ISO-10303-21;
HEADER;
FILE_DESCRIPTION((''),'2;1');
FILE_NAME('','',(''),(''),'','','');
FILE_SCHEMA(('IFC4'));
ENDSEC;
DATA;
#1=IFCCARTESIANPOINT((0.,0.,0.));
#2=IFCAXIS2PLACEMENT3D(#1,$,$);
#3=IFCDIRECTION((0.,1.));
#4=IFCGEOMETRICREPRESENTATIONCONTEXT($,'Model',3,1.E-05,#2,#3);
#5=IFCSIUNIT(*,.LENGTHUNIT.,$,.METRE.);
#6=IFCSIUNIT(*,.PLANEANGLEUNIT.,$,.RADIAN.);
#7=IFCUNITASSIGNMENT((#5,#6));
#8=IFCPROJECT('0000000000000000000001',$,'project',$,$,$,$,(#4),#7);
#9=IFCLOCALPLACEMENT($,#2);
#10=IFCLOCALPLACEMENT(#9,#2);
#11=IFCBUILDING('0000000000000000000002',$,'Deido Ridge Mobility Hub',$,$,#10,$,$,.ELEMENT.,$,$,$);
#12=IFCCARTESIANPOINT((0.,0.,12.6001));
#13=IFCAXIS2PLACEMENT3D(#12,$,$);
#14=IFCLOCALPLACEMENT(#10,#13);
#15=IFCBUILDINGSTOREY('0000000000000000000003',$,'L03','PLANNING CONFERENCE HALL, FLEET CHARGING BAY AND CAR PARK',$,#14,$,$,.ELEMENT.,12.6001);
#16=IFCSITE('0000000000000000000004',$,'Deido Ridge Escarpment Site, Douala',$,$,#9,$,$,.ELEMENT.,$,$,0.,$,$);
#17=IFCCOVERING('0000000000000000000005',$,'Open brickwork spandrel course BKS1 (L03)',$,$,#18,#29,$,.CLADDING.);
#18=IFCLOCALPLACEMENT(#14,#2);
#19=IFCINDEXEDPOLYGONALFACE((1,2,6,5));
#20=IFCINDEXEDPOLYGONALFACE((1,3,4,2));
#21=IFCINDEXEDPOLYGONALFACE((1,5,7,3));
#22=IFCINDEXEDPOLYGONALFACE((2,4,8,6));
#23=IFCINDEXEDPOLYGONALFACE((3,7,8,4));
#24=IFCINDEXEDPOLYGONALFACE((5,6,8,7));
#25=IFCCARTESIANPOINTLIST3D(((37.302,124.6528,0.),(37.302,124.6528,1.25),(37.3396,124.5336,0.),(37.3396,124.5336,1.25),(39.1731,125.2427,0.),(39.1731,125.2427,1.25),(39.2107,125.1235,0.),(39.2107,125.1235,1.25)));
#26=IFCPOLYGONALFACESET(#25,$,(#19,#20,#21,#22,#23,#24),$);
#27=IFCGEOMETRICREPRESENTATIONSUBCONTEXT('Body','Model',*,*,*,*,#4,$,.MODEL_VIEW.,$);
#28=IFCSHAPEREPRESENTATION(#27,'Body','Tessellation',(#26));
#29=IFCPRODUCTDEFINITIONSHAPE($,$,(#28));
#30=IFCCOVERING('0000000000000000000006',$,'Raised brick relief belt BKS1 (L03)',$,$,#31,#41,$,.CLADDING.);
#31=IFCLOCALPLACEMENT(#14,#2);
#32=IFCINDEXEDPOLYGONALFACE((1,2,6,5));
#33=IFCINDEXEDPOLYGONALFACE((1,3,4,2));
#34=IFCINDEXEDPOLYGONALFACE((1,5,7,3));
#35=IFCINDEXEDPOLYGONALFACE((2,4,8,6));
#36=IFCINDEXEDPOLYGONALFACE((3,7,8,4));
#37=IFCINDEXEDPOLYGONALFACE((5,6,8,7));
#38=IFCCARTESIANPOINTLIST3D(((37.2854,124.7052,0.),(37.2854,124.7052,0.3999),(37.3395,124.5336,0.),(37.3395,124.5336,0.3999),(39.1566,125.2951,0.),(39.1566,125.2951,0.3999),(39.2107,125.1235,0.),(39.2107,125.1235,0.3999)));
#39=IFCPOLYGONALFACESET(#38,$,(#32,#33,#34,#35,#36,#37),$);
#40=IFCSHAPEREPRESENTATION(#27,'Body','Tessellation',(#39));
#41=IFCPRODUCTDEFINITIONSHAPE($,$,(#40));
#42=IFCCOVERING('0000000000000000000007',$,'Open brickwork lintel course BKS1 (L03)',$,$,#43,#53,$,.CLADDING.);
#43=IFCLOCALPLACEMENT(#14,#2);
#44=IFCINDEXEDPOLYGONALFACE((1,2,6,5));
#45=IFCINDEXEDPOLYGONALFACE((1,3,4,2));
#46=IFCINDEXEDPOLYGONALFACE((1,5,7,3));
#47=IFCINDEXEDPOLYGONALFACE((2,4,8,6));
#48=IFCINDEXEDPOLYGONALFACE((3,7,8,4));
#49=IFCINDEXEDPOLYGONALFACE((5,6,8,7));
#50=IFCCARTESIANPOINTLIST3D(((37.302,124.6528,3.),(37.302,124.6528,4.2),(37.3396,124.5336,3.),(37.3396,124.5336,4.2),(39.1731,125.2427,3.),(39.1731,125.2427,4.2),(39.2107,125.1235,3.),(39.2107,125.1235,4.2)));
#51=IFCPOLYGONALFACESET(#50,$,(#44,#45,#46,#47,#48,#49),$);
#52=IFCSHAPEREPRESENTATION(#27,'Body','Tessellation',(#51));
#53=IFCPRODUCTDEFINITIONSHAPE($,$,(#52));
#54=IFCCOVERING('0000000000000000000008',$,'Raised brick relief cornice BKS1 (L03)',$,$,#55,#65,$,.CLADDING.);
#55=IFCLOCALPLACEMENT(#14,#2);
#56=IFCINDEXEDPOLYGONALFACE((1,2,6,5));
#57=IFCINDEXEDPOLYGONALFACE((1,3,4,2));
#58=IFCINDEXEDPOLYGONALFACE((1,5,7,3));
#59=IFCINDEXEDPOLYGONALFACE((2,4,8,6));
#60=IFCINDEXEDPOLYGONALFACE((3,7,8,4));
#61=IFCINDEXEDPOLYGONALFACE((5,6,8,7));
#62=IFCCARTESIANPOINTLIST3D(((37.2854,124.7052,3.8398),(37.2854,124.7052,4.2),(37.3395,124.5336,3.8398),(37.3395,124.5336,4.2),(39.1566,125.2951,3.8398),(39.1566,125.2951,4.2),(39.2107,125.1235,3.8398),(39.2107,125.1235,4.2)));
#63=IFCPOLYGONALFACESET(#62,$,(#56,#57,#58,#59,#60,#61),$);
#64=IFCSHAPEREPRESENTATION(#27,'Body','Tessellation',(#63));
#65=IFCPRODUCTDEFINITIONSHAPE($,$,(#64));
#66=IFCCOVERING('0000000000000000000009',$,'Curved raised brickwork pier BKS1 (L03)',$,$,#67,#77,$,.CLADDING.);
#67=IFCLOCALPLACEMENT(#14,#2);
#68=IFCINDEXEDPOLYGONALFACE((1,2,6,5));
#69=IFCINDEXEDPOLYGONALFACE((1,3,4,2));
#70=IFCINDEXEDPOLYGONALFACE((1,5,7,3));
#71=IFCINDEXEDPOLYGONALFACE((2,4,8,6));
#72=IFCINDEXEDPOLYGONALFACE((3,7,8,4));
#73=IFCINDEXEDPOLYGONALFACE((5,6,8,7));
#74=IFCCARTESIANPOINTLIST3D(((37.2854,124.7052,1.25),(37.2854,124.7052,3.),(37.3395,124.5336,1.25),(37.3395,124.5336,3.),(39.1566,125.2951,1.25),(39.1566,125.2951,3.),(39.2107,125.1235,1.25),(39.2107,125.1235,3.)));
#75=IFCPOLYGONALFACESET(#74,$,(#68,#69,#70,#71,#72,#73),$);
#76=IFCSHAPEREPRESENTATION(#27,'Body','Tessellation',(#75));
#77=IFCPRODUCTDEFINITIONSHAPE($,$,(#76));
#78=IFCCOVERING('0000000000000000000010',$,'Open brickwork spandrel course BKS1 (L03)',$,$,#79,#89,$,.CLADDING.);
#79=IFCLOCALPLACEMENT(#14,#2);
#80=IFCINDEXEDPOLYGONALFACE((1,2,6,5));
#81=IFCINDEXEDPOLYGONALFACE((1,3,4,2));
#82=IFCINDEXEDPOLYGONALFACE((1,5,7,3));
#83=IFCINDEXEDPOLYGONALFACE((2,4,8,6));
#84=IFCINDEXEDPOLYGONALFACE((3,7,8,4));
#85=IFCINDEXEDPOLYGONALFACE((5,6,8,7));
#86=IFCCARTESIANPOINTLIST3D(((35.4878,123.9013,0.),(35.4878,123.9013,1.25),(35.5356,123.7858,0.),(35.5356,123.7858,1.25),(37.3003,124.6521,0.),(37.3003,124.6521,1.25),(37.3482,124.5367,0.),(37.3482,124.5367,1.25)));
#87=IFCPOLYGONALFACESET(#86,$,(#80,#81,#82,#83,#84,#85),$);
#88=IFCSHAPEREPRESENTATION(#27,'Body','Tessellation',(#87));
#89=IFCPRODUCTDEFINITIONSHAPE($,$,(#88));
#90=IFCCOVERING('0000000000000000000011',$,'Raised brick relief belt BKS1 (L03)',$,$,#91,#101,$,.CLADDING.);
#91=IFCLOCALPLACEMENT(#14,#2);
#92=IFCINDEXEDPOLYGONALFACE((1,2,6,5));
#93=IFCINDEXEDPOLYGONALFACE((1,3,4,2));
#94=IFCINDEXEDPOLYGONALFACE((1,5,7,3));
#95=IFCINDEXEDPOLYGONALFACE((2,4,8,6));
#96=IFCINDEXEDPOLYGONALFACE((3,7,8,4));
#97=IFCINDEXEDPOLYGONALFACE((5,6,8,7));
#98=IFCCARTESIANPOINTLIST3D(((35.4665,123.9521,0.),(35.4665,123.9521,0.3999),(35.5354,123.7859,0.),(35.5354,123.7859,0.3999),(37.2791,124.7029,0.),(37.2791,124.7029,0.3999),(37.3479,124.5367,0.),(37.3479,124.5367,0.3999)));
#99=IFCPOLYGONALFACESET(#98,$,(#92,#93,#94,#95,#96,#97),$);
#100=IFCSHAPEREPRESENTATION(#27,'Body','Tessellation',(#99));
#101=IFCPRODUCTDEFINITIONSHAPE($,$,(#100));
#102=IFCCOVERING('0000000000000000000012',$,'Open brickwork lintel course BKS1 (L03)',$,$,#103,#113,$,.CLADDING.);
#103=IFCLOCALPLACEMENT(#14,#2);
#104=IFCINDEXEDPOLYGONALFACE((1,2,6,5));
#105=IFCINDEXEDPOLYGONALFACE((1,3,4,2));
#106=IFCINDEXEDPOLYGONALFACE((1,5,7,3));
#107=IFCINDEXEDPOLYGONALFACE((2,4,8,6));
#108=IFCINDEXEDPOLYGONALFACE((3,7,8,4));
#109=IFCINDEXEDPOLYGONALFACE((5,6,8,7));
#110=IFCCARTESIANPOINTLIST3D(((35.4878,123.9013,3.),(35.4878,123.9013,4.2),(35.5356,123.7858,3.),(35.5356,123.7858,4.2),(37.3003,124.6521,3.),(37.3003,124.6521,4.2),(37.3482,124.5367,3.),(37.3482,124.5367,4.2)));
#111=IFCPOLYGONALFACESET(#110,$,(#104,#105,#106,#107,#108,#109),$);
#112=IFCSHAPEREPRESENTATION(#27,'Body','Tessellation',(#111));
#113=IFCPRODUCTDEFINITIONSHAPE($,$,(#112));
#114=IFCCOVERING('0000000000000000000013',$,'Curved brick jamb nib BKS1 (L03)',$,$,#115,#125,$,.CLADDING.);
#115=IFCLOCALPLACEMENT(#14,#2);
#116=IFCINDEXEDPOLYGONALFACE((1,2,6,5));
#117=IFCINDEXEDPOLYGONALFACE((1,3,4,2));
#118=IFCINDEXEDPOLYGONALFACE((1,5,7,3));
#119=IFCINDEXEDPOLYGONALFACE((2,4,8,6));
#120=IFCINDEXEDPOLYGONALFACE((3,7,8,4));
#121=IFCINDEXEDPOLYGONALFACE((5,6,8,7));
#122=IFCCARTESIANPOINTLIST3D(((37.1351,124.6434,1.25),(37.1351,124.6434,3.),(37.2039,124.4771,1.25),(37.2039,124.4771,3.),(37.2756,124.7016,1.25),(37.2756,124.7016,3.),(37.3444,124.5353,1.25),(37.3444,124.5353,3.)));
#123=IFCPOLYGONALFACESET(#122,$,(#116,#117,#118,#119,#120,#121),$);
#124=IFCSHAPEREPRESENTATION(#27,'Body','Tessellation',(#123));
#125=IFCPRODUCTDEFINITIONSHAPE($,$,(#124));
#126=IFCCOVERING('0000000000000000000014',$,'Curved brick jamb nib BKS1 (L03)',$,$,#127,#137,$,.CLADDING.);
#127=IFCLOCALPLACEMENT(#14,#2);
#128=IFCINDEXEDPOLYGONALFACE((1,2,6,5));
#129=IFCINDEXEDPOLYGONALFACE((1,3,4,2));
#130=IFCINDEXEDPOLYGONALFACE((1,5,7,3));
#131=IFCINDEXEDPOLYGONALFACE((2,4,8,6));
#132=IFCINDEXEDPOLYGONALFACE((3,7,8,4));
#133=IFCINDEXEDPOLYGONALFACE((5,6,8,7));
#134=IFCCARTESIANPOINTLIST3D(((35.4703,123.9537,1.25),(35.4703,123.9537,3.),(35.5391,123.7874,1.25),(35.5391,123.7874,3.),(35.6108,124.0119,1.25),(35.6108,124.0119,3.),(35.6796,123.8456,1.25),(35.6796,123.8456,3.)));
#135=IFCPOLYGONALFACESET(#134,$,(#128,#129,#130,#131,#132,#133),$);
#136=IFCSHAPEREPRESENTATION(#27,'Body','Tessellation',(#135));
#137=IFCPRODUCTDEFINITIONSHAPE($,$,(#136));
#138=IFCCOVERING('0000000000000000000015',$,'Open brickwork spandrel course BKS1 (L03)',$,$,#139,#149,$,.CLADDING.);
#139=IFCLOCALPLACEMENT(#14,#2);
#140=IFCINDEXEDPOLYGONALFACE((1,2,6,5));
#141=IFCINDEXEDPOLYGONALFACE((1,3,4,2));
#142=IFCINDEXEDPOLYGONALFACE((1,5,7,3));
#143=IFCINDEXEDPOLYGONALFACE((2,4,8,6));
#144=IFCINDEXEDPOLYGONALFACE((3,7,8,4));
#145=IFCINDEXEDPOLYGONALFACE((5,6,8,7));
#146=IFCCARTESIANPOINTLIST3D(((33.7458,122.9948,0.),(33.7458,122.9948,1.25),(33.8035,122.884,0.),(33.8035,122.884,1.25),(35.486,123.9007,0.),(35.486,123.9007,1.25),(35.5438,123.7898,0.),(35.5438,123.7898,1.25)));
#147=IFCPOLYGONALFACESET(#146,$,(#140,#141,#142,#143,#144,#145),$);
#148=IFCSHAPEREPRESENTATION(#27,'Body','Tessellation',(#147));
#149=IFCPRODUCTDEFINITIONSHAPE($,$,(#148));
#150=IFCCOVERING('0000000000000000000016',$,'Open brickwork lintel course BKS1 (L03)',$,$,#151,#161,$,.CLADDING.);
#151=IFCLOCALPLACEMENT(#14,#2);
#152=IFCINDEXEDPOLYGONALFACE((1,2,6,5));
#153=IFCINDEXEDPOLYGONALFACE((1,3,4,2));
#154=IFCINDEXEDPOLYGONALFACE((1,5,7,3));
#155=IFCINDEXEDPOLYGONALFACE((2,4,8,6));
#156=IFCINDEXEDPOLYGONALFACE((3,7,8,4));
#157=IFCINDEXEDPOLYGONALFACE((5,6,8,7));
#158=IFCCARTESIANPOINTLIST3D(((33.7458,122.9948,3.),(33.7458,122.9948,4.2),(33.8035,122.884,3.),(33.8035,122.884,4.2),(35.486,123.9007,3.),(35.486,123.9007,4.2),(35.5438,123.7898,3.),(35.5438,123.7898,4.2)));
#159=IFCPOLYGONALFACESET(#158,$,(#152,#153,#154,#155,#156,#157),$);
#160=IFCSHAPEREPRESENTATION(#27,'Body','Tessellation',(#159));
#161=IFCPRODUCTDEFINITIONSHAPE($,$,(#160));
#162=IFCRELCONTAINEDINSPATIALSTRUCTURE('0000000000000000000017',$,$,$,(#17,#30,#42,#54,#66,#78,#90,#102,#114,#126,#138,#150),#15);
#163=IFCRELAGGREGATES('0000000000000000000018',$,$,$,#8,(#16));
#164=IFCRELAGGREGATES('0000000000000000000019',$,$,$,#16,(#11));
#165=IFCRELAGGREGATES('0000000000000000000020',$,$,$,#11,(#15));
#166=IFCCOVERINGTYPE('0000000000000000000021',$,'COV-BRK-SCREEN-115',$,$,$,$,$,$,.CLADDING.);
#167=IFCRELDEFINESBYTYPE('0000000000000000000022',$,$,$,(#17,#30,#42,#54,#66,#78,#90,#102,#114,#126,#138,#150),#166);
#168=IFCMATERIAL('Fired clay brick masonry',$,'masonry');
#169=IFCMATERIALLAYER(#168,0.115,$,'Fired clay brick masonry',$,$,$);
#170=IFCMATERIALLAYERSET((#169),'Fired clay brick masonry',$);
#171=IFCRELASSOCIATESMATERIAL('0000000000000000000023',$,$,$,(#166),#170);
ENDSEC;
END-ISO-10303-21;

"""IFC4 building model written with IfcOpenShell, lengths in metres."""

from ifc_helpers import new_model, si_unit, direction, frame, origin, origin_2d, place, context, subcontext, project, spatial, rectangle, extrude, material, layer, layer_set, type_object, element, save


model = new_model("IFC4")

# Units and contexts
model_context = context("Model", 3, precision=1e-05, world=origin(), true_north=direction((0.0, 1.0)))
body_context = subcontext(model_context, "Body", "Model", "MODEL_VIEW")
ifc_project = project(units=[si_unit("LENGTHUNIT", "METRE"), si_unit("PLANEANGLEUNIT", "RADIAN")], contexts=[model_context])

# Site, building, storey
site_placement = place(None, origin())
site = spatial("IfcSite", under=ifc_project, at=site_placement, Name="Deido Ridge Escarpment Site, Douala", CompositionType="ELEMENT", RefElevation=0.0)
building_placement = place(site_placement, origin())
building = spatial("IfcBuilding", under=site, at=building_placement, Name="Deido Ridge Mobility Hub", CompositionType="ELEMENT")
storey_placement = place(building_placement, frame((0.0, 0.0, 12.6001)))
storey = spatial("IfcBuildingStorey", under=building, at=storey_placement, Name="L03", Description="PLANNING CONFERENCE HALL, FLEET CHARGING BAY AND CAR PARK", CompositionType="ELEMENT", Elevation=12.6001)

# Coverings
ifc_material_1 = material(Name="Fired clay brick masonry", Category="masonry")
ifc_layer = layer(ifc_material_1, 0.115, Name="Fired clay brick masonry")
ifc_layer_set = layer_set([ifc_layer], Name="Fired clay brick masonry")
covering_type = type_object("IfcCoveringType", Name="COV-BRK-SCREEN-115", PredefinedType="CLADDING", material=ifc_layer_set)
covering_1_placement = place(storey_placement, frame((38.2563, 124.8882, 0.0), z_axis=(0.0, 0.0, 1.0), x_axis=(-0.953727, -0.300673, 0.0)))
element("IfcCovering", 1, at=covering_1_placement, inside=storey, type_object=covering_type, Name="Open brickwork spandrel course BKS1 (L03)", PredefinedType="CLADDING", context=body_context, shape_type="SweptSolid", body=[
    extrude(rectangle(XDim=1.9619, YDim=0.125, at=origin_2d()), origin(), (0.0, 0.0, 1.0), 1.25),
])
covering_2_placement = place(storey_placement, frame((38.248, 124.9143, 0.0), z_axis=(0.0, 0.0, 1.0), x_axis=(-0.953727, -0.300673, 0.0)))
element("IfcCovering", 2, at=covering_2_placement, inside=storey, type_object=covering_type, Name="Raised brick relief belt BKS1 (L03)", PredefinedType="CLADDING", context=body_context, shape_type="SweptSolid", body=[
    extrude(rectangle(XDim=1.9619, YDim=0.1799, at=origin_2d()), origin(), (0.0, 0.0, 1.0), 0.3999),
])
covering_3_placement = place(storey_placement, frame((38.2563, 124.8882, 3.0), z_axis=(0.0, 0.0, 1.0), x_axis=(-0.953727, -0.300673, 0.0)))
element("IfcCovering", 3, at=covering_3_placement, inside=storey, type_object=covering_type, Name="Open brickwork lintel course BKS1 (L03)", PredefinedType="CLADDING", context=body_context, shape_type="SweptSolid", body=[
    extrude(rectangle(XDim=1.9619, YDim=0.125, at=origin_2d()), origin(), (0.0, 0.0, 1.0), 1.2),
])
covering_4_placement = place(storey_placement, frame((38.248, 124.9143, 3.8398), z_axis=(0.0, 0.0, 1.0), x_axis=(-0.953727, -0.300673, 0.0)))
element("IfcCovering", 4, at=covering_4_placement, inside=storey, type_object=covering_type, Name="Raised brick relief cornice BKS1 (L03)", PredefinedType="CLADDING", context=body_context, shape_type="SweptSolid", body=[
    extrude(rectangle(XDim=1.9619, YDim=0.1799, at=origin_2d()), origin(), (0.0, 0.0, 1.0), 0.3601),
])
covering_5_placement = place(storey_placement, frame((38.248, 124.9143, 1.25), z_axis=(0.0, 0.0, 1.0), x_axis=(-0.953727, -0.300673, 0.0)))
element("IfcCovering", 5, at=covering_5_placement, inside=storey, type_object=covering_type, Name="Curved raised brickwork pier BKS1 (L03)", PredefinedType="CLADDING", context=body_context, shape_type="SweptSolid", body=[
    extrude(rectangle(XDim=1.9619, YDim=0.1799, at=origin_2d()), origin(), (0.0, 0.0, 1.0), 1.75),
])
covering_6_placement = place(storey_placement, frame((36.418, 124.219, 0.0), z_axis=(0.0, 0.0, 1.0), x_axis=(-0.923873, -0.3827, 0.0)))
element("IfcCovering", 6, at=covering_6_placement, inside=storey, type_object=covering_type, Name="Open brickwork spandrel course BKS1 (L03)", PredefinedType="CLADDING", context=body_context, shape_type="SweptSolid", body=[
    extrude(rectangle(XDim=1.9619, YDim=0.125, at=origin_2d()), origin(), (0.0, 0.0, 1.0), 1.25),
])
covering_7_placement = place(storey_placement, frame((36.4072, 124.2444, 0.0), z_axis=(0.0, 0.0, 1.0), x_axis=(-0.923873, -0.3827, 0.0)))
element("IfcCovering", 7, at=covering_7_placement, inside=storey, type_object=covering_type, Name="Raised brick relief belt BKS1 (L03)", PredefinedType="CLADDING", context=body_context, shape_type="SweptSolid", body=[
    extrude(rectangle(XDim=1.9619, YDim=0.1799, at=origin_2d()), origin(), (0.0, 0.0, 1.0), 0.3999),
])
covering_8_placement = place(storey_placement, frame((36.418, 124.219, 3.0), z_axis=(0.0, 0.0, 1.0), x_axis=(-0.923873, -0.3827, 0.0)))
element("IfcCovering", 8, at=covering_8_placement, inside=storey, type_object=covering_type, Name="Open brickwork lintel course BKS1 (L03)", PredefinedType="CLADDING", context=body_context, shape_type="SweptSolid", body=[
    extrude(rectangle(XDim=1.9619, YDim=0.125, at=origin_2d()), origin(), (0.0, 0.0, 1.0), 1.2),
])
for number, where, z_axis, x_axis, name in (
    (9, (37.2397, 124.5894, 1.25), (0.0, 0.0, 1.0), (-0.923873, -0.3827, 0.0), "Curved brick jamb nib BKS1 (L03)"),
    (10, (35.575, 123.8997, 1.25), (0.0, 0.0, 1.0), (-0.923873, -0.3827, 0.0), "Curved brick jamb nib BKS1 (L03)"),
):
    element("IfcCovering", number, at=place(storey_placement, frame(where, z_axis=z_axis, x_axis=x_axis)), inside=storey, type_object=covering_type, Name=name, PredefinedType="CLADDING", context=body_context, shape_type="SweptSolid", body=[
        extrude(rectangle(XDim=0.1521, YDim=0.1799, at=origin_2d()), origin(), (0.0, 0.0, 1.0), 1.75),
    ])
covering_9_placement = place(storey_placement, frame((34.6448, 123.3923, 0.0), z_axis=(0.0, 0.0, 1.0), x_axis=(-0.887019, -0.461733, 0.0)))
element("IfcCovering", 11, at=covering_9_placement, inside=storey, type_object=covering_type, Name="Open brickwork spandrel course BKS1 (L03)", PredefinedType="CLADDING", context=body_context, shape_type="SweptSolid", body=[
    extrude(rectangle(XDim=1.9619, YDim=0.125, at=origin_2d()), origin(), (0.0, 0.0, 1.0), 1.25),
])
covering_10_placement = place(storey_placement, frame((34.6448, 123.3923, 3.0), z_axis=(0.0, 0.0, 1.0), x_axis=(-0.887019, -0.461733, 0.0)))
element("IfcCovering", 12, at=covering_10_placement, inside=storey, type_object=covering_type, Name="Open brickwork lintel course BKS1 (L03)", PredefinedType="CLADDING", context=body_context, shape_type="SweptSolid", body=[
    extrude(rectangle(XDim=1.9619, YDim=0.125, at=origin_2d()), origin(), (0.0, 0.0, 1.0), 1.2),
])

save(model, "model.ifc")
